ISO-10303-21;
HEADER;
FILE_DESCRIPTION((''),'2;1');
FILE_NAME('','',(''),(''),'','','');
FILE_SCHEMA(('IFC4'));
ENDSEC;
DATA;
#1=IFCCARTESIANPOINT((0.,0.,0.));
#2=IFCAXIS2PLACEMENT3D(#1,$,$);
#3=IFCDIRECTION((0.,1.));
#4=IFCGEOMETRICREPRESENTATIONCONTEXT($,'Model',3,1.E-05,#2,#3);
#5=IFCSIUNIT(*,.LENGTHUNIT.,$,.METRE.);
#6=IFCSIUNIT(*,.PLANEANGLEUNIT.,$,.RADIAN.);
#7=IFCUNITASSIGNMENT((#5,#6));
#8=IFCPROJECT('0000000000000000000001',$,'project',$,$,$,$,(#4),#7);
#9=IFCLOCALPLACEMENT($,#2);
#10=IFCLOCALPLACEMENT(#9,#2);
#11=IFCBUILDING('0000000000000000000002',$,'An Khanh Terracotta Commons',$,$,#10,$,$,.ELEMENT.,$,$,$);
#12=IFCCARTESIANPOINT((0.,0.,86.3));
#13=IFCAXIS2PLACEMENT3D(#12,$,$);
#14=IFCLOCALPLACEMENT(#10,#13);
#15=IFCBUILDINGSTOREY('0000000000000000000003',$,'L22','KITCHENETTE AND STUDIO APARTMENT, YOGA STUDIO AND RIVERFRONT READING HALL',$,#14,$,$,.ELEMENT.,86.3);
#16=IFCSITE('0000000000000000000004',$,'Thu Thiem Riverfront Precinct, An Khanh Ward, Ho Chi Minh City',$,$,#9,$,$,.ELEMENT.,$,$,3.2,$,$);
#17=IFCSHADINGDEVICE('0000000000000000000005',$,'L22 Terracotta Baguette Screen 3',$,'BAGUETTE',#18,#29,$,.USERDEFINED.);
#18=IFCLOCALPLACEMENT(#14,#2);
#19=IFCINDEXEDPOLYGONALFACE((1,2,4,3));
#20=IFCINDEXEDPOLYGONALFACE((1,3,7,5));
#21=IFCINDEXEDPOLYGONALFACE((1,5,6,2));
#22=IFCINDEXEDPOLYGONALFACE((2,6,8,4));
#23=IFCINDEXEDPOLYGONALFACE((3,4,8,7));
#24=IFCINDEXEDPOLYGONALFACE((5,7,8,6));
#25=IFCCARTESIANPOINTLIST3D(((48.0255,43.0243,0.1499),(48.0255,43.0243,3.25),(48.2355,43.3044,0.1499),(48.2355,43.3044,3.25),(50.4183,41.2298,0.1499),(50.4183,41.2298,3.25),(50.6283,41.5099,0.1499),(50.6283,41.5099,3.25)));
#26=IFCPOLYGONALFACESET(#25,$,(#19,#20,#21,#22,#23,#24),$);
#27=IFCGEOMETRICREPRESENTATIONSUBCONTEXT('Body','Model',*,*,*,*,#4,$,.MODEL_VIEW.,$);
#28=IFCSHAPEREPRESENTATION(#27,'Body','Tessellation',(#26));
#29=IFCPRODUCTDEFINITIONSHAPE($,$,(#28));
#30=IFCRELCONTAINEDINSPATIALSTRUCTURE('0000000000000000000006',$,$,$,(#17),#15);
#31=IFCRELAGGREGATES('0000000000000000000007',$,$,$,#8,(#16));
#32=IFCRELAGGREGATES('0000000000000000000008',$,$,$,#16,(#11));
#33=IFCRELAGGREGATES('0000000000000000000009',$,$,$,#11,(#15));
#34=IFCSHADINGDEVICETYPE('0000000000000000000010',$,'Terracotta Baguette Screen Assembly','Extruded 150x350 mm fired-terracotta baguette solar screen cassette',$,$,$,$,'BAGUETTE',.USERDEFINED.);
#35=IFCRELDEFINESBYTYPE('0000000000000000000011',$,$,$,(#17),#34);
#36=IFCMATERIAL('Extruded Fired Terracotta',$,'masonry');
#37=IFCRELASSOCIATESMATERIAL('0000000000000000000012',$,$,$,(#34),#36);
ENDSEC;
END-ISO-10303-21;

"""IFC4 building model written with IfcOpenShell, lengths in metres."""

from ifc_helpers import new_model, si_unit, direction, frame, origin, origin_2d, place, context, subcontext, project, spatial, rectangle, extrude, material, type_object, element, save


model = new_model("IFC4")

# Units and contexts
model_context = context("Model", 3, precision=1e-05, world=origin(), true_north=direction((0.0, 1.0)))
body_context = subcontext(model_context, "Body", "Model", "MODEL_VIEW")
ifc_project = project(units=[si_unit("LENGTHUNIT", "METRE"), si_unit("PLANEANGLEUNIT", "RADIAN")], contexts=[model_context])

# Site, building, storey
site_placement = place(None, origin())
site = spatial("IfcSite", under=ifc_project, at=site_placement, Name="Thu Thiem Riverfront Precinct, An Khanh Ward, Ho Chi Minh City", CompositionType="ELEMENT", RefElevation=3.2)
building_placement = place(site_placement, origin())
building = spatial("IfcBuilding", under=site, at=building_placement, Name="An Khanh Terracotta Commons", CompositionType="ELEMENT")
storey_placement = place(building_placement, frame((0.0, 0.0, 86.3)))
storey = spatial("IfcBuildingStorey", under=building, at=storey_placement, Name="L22", Description="KITCHENETTE AND STUDIO APARTMENT, YOGA STUDIO AND RIVERFRONT READING HALL", CompositionType="ELEMENT", Elevation=86.3)

# Shading device
ifc_material_1 = material(Name="Extruded Fired Terracotta", Category="masonry")
shading_device_type = type_object("IfcShadingDeviceType", Name="Terracotta Baguette Screen Assembly", Description="Extruded 150x350 mm fired-terracotta baguette solar screen cassette", ElementType="BAGUETTE", PredefinedType="USERDEFINED", material=ifc_material_1)
shading_device_placement = place(storey_placement, frame((49.3269, 42.2671, 0.1499), z_axis=(0.0, 0.0, 1.0), x_axis=(-0.800013, 0.599983, 0.0)))
element("IfcShadingDevice", 1, at=shading_device_placement, inside=storey, type_object=shading_device_type, Name="L22 Terracotta Baguette Screen 3", ObjectType="BAGUETTE", PredefinedType="USERDEFINED", context=body_context, shape_type="SweptSolid", body=[
    extrude(rectangle(XDim=2.991, YDim=0.3501, at=origin_2d()), origin(), (0.0, 0.0, 1.0), 3.1001),
])

save(model, "model.ifc")
